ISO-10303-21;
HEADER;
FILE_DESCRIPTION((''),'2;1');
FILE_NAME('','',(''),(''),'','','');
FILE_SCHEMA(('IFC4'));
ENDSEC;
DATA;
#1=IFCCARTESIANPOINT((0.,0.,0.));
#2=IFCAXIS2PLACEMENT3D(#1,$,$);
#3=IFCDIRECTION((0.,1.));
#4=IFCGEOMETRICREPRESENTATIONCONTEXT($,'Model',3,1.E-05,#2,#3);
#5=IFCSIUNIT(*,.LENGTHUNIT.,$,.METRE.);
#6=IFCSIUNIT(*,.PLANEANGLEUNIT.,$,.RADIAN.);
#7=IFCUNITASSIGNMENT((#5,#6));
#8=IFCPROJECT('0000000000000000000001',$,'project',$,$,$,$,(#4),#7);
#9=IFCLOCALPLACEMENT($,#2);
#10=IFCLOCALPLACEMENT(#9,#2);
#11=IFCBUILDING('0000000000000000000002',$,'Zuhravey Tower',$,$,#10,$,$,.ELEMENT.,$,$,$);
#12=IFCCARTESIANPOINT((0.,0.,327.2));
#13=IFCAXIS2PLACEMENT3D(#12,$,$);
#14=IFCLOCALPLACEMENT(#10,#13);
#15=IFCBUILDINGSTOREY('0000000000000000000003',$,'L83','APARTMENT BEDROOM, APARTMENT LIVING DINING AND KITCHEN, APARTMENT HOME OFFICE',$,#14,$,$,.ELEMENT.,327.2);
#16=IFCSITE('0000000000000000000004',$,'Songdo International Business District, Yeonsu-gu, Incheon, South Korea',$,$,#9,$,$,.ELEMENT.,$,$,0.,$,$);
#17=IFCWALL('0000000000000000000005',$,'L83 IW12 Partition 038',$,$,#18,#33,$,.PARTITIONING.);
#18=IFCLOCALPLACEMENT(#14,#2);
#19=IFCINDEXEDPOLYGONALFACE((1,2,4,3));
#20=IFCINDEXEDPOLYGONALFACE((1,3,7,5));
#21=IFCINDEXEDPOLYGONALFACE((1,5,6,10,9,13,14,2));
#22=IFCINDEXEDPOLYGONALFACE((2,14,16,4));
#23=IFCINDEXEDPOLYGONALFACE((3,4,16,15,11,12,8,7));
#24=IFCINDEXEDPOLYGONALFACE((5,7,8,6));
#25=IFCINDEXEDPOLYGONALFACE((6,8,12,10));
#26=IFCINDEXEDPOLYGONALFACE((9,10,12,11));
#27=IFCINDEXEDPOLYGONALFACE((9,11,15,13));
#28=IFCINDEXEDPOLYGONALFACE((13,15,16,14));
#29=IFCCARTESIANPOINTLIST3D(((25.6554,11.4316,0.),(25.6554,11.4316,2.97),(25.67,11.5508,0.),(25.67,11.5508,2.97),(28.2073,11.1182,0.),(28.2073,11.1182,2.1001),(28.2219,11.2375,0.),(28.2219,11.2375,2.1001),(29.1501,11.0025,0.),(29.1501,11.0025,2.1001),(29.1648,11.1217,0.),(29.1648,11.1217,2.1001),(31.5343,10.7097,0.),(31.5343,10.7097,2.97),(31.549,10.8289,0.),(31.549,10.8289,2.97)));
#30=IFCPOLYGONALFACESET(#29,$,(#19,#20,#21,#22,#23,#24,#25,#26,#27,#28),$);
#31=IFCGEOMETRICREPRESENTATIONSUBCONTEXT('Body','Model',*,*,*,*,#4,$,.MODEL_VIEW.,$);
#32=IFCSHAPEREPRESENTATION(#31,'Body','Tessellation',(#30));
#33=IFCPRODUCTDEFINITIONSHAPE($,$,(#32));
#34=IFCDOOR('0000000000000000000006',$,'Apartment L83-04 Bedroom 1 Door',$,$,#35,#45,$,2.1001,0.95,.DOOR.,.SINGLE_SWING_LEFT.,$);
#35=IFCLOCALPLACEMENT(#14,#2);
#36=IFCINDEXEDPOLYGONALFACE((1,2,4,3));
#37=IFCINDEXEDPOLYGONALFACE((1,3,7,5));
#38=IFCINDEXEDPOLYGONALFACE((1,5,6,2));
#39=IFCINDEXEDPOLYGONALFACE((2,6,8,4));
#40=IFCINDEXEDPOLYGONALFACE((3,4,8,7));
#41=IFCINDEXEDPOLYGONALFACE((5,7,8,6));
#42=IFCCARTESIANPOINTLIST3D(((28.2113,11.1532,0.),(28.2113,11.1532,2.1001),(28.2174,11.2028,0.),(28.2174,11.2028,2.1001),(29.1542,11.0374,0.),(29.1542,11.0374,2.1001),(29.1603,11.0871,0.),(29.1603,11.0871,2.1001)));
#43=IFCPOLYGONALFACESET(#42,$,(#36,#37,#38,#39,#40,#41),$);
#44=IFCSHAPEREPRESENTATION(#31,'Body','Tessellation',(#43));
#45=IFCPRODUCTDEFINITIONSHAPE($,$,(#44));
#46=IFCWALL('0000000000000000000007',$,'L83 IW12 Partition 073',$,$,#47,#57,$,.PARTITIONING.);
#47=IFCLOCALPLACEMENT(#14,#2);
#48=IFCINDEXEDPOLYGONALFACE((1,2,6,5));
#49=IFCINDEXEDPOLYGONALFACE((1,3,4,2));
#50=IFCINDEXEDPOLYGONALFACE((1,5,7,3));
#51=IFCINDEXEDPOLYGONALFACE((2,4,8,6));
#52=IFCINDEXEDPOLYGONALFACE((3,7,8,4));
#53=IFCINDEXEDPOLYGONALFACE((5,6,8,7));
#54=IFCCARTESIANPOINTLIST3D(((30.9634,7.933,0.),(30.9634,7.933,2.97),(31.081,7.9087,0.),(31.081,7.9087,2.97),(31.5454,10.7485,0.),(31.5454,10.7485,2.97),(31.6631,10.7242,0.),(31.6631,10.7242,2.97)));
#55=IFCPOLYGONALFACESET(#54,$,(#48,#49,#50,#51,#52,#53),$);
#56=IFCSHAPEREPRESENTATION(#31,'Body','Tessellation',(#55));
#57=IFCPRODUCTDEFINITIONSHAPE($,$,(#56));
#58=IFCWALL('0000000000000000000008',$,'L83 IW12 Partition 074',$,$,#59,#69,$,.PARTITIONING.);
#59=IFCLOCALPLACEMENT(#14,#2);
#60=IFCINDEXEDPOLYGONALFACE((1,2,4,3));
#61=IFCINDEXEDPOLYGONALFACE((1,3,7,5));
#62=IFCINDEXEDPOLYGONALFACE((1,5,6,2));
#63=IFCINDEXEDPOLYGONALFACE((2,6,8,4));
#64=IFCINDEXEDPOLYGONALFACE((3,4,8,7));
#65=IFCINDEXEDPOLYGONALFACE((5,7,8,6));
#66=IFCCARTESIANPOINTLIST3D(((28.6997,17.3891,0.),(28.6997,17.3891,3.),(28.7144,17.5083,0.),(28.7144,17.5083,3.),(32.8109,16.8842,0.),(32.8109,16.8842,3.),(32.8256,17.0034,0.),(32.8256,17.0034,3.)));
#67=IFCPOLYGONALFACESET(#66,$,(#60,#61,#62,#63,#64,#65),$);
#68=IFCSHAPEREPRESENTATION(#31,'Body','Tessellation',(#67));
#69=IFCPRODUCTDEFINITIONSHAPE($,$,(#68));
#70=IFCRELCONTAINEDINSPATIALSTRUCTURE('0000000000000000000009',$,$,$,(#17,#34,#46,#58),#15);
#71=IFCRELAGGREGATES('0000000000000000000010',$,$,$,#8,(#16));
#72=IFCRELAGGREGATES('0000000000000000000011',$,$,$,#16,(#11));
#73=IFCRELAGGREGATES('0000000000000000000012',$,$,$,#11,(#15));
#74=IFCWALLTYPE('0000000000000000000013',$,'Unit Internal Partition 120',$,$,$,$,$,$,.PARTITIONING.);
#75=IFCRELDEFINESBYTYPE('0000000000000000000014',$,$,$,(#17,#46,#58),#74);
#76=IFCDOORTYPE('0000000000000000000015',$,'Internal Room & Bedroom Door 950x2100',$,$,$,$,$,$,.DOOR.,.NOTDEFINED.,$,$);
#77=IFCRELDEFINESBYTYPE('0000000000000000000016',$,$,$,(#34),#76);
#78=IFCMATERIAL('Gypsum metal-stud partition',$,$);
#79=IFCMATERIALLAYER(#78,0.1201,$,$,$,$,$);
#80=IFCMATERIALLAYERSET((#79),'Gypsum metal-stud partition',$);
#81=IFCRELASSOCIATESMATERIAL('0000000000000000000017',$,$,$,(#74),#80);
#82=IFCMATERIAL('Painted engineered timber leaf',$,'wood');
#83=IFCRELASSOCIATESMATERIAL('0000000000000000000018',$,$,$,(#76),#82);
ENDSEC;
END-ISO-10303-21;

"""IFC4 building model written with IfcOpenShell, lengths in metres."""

from ifc_helpers import new_model, si_unit, direction, frame, frame_2d, origin, place, context, subcontext, project, spatial, rectangle, extrude, material, layer, layer_set, type_object, element, fill, save


model = new_model("IFC4")

# Units and contexts
model_context = context("Model", 3, precision=1e-05, world=origin(), true_north=direction((0.0, 1.0)))
body_context = subcontext(model_context, "Body", "Model", "MODEL_VIEW")
ifc_project = project(units=[si_unit("LENGTHUNIT", "METRE"), si_unit("PLANEANGLEUNIT", "RADIAN")], contexts=[model_context])

# Site, building, storey
site_placement = place(None, origin())
site = spatial("IfcSite", under=ifc_project, at=site_placement, Name="Songdo International Business District, Yeonsu-gu, Incheon, South Korea", CompositionType="ELEMENT", RefElevation=0.0)
building_placement = place(site_placement, origin())
building = spatial("IfcBuilding", under=site, at=building_placement, Name="Zuhravey Tower", CompositionType="ELEMENT")
storey_placement = place(building_placement, frame((0.0, 0.0, 327.2)))
storey = spatial("IfcBuildingStorey", under=building, at=storey_placement, Name="L83", Description="APARTMENT BEDROOM, APARTMENT LIVING DINING AND KITCHEN, APARTMENT HOME OFFICE", CompositionType="ELEMENT", Elevation=327.2)

# Wall, opening, door
ifc_material_1 = material(Name="Gypsum metal-stud partition")
ifc_layer_1 = layer(ifc_material_1, 0.1201)
ifc_layer_set_1 = layer_set([ifc_layer_1], Name="Gypsum metal-stud partition")
wall_type_1 = type_object("IfcWallType", Name="Unit Internal Partition 120", PredefinedType="PARTITIONING", material=ifc_layer_set_1)
ifc_material_2 = material(Name="Painted engineered timber leaf", Category="wood")
door_type_1 = type_object("IfcDoorType", Name="Internal Room & Bedroom Door 950x2100", OperationType="NOTDEFINED", PredefinedType="DOOR", material=ifc_material_2)
wall_1_placement = place(storey_placement, frame((25.6628, 11.4912, 0.0), z_axis=(0.0, 0.0, 1.0), x_axis=(0.992544, -0.121883, 0.0)))
wall_1 = element("IfcWall", 1, at=wall_1_placement, inside=storey, type_object=wall_type_1, Name="L83 IW12 Partition 038", PredefinedType="PARTITIONING", context=body_context, shape_type="SweptSolid", body=[
    extrude(rectangle(XDim=5.9231, YDim=0.1201, at=frame_2d((2.9614, 0.0))), origin(), (0.0, 0.0, 1.0), 2.97),
])
opening_1_placement = place(wall_1_placement, frame((2.5708, 0.0, 0.0)))
opening_1 = element("IfcOpeningElement", 2, at=opening_1_placement, cuts=wall_1, PredefinedType="OPENING", context=body_context, shape_type="SweptSolid", body=[
    extrude(rectangle(XDim=0.95, YDim=2.1001, at=frame_2d((0.4751, 1.05))), frame((0.0, 0.072, 0.0), z_axis=(0.0, -1.0, 0.0), x_axis=(1.0, 0.0, 0.0)), (0.0, 0.0, 1.0), 0.144),
])
door_1_placement = place(opening_1_placement, frame((0.95, 0.0, 0.0), z_axis=(0.0, 0.0, 1.0), x_axis=(-1.0, 0.0, 0.0)))
door_1 = element("IfcDoor", 3, at=door_1_placement, inside=storey, type_object=door_type_1, Name="Apartment L83-04 Bedroom 1 Door", OperationType="SINGLE_SWING_LEFT", OverallHeight=2.1001, OverallWidth=0.95, PredefinedType="DOOR", context=body_context, shape_type="SweptSolid", body=[
    extrude(rectangle(XDim=0.95, YDim=2.1001, at=frame_2d((0.4751, 1.05))), frame((0.0, 0.0249, 0.0), z_axis=(0.0, -1.0, 0.0), x_axis=(1.0, 0.0, 0.0)), (0.0, 0.0, 1.0), 0.05),
])
fill(opening_1, door_1)

# Walls
wall_2_placement = place(storey_placement, frame((31.6042, 10.7363, 0.0), z_axis=(0.0, 0.0, 1.0), x_axis=(-0.202448, -0.979293, 0.0)))
element("IfcWall", 4, at=wall_2_placement, inside=storey, type_object=wall_type_1, Name="L83 IW12 Partition 073", PredefinedType="PARTITIONING", context=body_context, shape_type="SweptSolid", body=[
    extrude(rectangle(XDim=2.875, YDim=0.1201, at=frame_2d((1.4375, 0.0))), origin(), (0.0, 0.0, 1.0), 2.97),
])
wall_3_placement = place(storey_placement, frame((28.707, 17.4487, 0.0), z_axis=(0.0, 0.0, 1.0), x_axis=(0.992543, -0.121894, 0.0)))
element("IfcWall", 5, at=wall_3_placement, inside=storey, type_object=wall_type_1, Name="L83 IW12 Partition 074", PredefinedType="PARTITIONING", context=body_context, shape_type="SweptSolid", body=[
    extrude(rectangle(XDim=4.1421, YDim=0.1201, at=frame_2d((2.071, 0.0))), origin(), (0.0, 0.0, 1.0), 3.0),
])

save(model, "model.ifc")
